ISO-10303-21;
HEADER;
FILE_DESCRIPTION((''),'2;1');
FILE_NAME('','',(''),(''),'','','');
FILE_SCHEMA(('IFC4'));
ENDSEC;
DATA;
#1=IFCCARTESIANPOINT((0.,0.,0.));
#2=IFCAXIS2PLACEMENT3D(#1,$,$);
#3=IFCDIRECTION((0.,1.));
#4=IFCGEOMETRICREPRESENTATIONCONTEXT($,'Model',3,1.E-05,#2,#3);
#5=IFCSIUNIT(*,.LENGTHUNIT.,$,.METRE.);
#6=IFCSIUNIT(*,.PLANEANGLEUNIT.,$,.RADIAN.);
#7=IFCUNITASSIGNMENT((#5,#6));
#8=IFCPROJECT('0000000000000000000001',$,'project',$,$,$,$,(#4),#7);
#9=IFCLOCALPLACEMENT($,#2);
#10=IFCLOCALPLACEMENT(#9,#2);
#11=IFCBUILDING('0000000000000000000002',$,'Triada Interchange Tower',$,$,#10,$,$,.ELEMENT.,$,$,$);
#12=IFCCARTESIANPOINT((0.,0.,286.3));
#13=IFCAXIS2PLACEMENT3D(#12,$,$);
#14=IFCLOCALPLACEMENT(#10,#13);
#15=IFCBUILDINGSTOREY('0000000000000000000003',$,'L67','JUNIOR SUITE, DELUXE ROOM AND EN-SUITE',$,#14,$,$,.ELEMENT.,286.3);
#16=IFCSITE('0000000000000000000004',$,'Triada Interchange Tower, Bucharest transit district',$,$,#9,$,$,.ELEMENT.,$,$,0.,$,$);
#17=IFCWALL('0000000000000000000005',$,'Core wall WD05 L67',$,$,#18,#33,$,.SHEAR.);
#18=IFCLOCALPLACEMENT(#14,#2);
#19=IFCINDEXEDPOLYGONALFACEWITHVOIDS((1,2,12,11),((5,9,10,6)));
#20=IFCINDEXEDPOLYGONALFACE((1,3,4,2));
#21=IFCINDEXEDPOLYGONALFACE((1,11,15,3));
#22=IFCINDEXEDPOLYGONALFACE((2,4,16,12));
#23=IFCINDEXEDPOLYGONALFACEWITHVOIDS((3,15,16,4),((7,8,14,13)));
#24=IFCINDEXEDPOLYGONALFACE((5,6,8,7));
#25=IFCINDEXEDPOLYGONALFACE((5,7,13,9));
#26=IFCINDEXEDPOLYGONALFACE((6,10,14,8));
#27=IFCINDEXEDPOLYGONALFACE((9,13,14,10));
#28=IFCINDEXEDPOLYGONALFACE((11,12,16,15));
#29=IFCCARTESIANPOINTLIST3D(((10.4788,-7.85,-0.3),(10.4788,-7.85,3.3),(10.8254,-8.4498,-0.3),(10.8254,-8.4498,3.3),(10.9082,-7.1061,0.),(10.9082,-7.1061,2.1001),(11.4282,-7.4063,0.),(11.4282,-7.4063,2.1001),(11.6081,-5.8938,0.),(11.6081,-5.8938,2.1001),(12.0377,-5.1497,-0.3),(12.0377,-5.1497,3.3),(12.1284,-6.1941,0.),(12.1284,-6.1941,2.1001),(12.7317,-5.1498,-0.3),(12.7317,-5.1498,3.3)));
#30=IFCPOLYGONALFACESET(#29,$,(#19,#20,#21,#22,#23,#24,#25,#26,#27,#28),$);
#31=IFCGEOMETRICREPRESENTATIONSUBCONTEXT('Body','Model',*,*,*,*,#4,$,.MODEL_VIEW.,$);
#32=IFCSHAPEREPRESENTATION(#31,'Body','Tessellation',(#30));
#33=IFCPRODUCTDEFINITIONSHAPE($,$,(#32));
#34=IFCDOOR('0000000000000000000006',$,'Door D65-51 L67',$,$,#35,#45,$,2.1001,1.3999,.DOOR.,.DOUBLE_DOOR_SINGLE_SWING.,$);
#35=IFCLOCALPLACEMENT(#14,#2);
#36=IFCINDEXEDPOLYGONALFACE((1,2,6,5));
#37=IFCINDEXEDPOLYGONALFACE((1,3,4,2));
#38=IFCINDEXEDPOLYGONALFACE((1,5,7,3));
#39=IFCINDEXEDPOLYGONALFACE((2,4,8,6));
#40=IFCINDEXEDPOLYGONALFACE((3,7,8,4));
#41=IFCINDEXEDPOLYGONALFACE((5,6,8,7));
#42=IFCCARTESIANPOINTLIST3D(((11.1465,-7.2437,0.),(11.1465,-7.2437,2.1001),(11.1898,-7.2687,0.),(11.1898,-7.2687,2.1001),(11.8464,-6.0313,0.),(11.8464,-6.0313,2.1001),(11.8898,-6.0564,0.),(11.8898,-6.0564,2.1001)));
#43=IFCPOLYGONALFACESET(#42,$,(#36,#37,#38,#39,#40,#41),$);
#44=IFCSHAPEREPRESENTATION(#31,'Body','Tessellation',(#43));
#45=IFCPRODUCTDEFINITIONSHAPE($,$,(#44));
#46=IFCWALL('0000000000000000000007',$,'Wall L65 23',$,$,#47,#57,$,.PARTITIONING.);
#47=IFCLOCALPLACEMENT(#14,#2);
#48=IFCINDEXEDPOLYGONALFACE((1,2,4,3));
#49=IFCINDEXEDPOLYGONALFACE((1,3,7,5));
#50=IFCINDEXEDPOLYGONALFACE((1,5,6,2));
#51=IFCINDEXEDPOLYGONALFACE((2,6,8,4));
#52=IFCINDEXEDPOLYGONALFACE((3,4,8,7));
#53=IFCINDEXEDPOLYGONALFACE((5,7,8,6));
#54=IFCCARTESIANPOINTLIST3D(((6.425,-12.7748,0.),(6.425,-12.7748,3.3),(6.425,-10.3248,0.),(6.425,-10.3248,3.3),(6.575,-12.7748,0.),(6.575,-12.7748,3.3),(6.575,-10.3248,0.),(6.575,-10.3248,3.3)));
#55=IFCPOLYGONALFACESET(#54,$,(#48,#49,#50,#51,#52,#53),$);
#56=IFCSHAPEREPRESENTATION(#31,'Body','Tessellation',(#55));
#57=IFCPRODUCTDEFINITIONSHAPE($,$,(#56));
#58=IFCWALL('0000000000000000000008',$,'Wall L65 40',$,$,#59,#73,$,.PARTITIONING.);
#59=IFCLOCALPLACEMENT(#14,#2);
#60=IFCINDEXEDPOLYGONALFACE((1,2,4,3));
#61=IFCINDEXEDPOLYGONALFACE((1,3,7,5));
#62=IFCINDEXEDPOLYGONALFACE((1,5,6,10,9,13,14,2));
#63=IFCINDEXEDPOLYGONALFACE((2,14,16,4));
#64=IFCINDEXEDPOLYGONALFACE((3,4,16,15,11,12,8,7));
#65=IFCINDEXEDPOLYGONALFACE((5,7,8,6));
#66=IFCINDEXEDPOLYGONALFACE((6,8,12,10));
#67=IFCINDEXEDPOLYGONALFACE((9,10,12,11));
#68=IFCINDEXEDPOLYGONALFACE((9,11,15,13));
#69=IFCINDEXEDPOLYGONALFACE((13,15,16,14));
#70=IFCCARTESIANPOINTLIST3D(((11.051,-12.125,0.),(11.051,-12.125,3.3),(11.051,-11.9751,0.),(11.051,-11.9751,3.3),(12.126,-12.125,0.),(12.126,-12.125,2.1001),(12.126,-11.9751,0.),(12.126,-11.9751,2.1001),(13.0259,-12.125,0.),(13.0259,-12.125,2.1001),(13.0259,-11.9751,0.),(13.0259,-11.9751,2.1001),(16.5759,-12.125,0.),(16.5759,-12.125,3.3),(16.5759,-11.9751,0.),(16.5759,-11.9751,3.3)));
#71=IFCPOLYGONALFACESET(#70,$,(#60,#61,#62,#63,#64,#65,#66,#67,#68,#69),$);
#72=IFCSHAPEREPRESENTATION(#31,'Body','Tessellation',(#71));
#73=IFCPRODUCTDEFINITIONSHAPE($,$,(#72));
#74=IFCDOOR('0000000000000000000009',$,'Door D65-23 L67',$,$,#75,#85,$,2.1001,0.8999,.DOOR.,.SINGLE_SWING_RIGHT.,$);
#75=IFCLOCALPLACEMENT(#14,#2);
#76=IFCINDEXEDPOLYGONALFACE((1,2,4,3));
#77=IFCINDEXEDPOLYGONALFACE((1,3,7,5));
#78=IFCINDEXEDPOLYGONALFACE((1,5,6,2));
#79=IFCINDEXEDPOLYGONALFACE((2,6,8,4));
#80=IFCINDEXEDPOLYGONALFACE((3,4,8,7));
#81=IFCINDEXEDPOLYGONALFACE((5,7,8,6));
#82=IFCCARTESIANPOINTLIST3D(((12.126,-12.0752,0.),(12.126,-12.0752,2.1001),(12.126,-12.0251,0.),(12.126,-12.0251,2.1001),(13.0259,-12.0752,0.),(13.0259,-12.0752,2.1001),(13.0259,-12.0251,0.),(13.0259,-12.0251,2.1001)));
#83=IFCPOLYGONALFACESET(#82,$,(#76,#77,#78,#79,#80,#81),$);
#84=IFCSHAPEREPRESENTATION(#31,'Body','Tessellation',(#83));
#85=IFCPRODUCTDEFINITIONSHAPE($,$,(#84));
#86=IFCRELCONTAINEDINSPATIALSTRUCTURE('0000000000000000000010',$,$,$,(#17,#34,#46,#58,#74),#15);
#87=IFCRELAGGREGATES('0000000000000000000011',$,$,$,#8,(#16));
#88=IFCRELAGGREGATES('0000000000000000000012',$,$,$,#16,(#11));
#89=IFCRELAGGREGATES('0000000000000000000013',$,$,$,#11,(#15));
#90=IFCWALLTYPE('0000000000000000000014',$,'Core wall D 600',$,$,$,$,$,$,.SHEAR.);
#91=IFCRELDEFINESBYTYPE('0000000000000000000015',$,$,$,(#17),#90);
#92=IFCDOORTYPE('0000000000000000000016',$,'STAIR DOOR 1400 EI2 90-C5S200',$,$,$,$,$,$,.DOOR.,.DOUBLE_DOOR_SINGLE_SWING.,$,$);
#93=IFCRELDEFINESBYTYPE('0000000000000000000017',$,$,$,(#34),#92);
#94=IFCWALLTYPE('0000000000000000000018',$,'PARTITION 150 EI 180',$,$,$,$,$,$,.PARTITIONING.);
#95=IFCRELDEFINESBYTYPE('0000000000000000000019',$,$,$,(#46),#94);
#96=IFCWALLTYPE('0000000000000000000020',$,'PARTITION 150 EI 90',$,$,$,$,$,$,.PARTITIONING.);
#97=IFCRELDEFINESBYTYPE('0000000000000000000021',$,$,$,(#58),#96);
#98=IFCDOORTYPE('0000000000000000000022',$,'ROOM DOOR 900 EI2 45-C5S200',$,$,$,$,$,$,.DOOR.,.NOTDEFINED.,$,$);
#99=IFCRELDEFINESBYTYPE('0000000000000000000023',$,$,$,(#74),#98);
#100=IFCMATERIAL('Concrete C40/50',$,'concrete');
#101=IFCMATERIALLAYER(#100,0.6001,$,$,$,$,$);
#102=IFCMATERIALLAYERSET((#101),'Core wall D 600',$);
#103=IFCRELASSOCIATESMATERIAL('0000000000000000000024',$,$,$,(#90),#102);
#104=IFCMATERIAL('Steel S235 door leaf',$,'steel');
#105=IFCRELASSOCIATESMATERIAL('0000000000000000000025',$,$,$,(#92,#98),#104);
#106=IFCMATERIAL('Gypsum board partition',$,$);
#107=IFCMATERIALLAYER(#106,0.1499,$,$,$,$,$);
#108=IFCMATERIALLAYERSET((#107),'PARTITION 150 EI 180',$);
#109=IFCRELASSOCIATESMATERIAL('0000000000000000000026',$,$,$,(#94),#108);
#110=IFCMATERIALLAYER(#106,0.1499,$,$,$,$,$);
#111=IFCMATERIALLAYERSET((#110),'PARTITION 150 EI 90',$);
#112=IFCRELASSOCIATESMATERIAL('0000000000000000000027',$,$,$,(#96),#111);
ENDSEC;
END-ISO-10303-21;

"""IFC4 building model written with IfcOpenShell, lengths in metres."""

from ifc_helpers import new_model, si_unit, direction, frame, frame_2d, origin, place, context, subcontext, project, spatial, polyline, rectangle, outline, extrude, material, layer, layer_set, type_object, element, fill, save


model = new_model("IFC4")

# Units and contexts
model_context = context("Model", 3, precision=1e-05, world=origin(), true_north=direction((0.0, 1.0)))
body_context = subcontext(model_context, "Body", "Model", "MODEL_VIEW")
ifc_project = project(units=[si_unit("LENGTHUNIT", "METRE"), si_unit("PLANEANGLEUNIT", "RADIAN")], contexts=[model_context])

# Site, building, storey
site_placement = place(None, origin())
site = spatial("IfcSite", under=ifc_project, at=site_placement, Name="Triada Interchange Tower, Bucharest transit district", CompositionType="ELEMENT", RefElevation=0.0)
building_placement = place(site_placement, origin())
building = spatial("IfcBuilding", under=site, at=building_placement, Name="Triada Interchange Tower", CompositionType="ELEMENT")
storey_placement = place(building_placement, frame((0.0, 0.0, 286.3)))
storey = spatial("IfcBuildingStorey", under=building, at=storey_placement, Name="L67", Description="JUNIOR SUITE, DELUXE ROOM AND EN-SUITE", CompositionType="ELEMENT", Elevation=286.3)

# Shared definitions
ifc_material_1 = material(Name="Steel S235 door leaf", Category="steel")

# Wall, opening, door
ifc_material_2 = material(Name="Concrete C40/50", Category="concrete")
ifc_layer_1 = layer(ifc_material_2, 0.6001)
ifc_layer_set_1 = layer_set([ifc_layer_1], Name="Core wall D 600")
wall_type_1 = type_object("IfcWallType", Name="Core wall D 600", PredefinedType="SHEAR", material=ifc_layer_set_1)
wall_1_placement = place(storey_placement, frame((10.6521, -8.1499, -0.3), z_axis=(0.0, 0.0, 1.0), x_axis=(0.499975, 0.86604, 0.0)))
wall_1 = element("IfcWall", 1, at=wall_1_placement, inside=storey, type_object=wall_type_1, Name="Core wall WD05 L67", PredefinedType="SHEAR", context=body_context, shape_type="SweptSolid", body=[
    extrude(outline(polyline([(-0.1731, -0.3), (1.7324, -0.3005), (3.6379, -0.301), (3.291, 0.3), (1.7319, 0.3), (0.1731, 0.3), (-0.1731, -0.3)])), origin(), (0.0, 0.0, 1.0), 3.6001),
])
opening_1_placement = place(wall_1_placement, frame((1.032, 0.0, 0.3)))
opening_1 = element("IfcOpeningElement", 2, at=opening_1_placement, cuts=wall_1, PredefinedType="OPENING", context=body_context, shape_type="SweptSolid", body=[
    extrude(rectangle(XDim=1.3999, YDim=2.1001, at=frame_2d((0.7, 1.05))), frame((0.0, 0.3101, 0.0), z_axis=(0.0, -1.0, 0.0), x_axis=(1.0, 0.0, 0.0)), (0.0, 0.0, 1.0), 0.6211),
])
door_type_1 = type_object("IfcDoorType", Name="STAIR DOOR 1400 EI2 90-C5S200", OperationType="DOUBLE_DOOR_SINGLE_SWING", PredefinedType="DOOR", material=ifc_material_1)
door_1_placement = place(opening_1_placement, origin())
door_1 = element("IfcDoor", 3, at=door_1_placement, inside=storey, type_object=door_type_1, Name="Door D65-51 L67", OperationType="DOUBLE_DOOR_SINGLE_SWING", OverallHeight=2.1001, OverallWidth=1.3999, PredefinedType="DOOR", context=body_context, shape_type="SweptSolid", body=[
    extrude(rectangle(XDim=1.3999, YDim=2.1001, at=frame_2d((0.7, 1.05))), frame((0.0, 0.0249, 0.0), z_axis=(0.0, -1.0, 0.0), x_axis=(1.0, 0.0, 0.0)), (0.0, 0.0, 1.0), 0.05),
])
fill(opening_1, door_1)

# Wall
ifc_material_3 = material(Name="Gypsum board partition")
ifc_layer_2 = layer(ifc_material_3, 0.1499)
ifc_layer_set_2 = layer_set([ifc_layer_2], Name="PARTITION 150 EI 180")
wall_type_2 = type_object("IfcWallType", Name="PARTITION 150 EI 180", PredefinedType="PARTITIONING", material=ifc_layer_set_2)
wall_2_placement = place(storey_placement, frame((6.5, -12.7749, 0.0), z_axis=(0.0, 0.0, 1.0), x_axis=(0.0, 1.0, 0.0)))
element("IfcWall", 4, at=wall_2_placement, inside=storey, type_object=wall_type_2, Name="Wall L65 23", PredefinedType="PARTITIONING", context=body_context, shape_type="SweptSolid", body=[
    extrude(rectangle(XDim=2.45, YDim=0.1499, at=frame_2d((1.2251, 0.0))), origin(), (0.0, 0.0, 1.0), 3.3),
])

# Wall, opening, door
ifc_layer_3 = layer(ifc_material_3, 0.1499)
ifc_layer_set_3 = layer_set([ifc_layer_3], Name="PARTITION 150 EI 90")
wall_type_3 = type_object("IfcWallType", Name="PARTITION 150 EI 90", PredefinedType="PARTITIONING", material=ifc_layer_set_3)
wall_3_placement = place(storey_placement, frame((11.051, -12.05, 0.0), z_axis=(0.0, 0.0, 1.0), x_axis=(1.0, 0.0, 0.0)))
wall_3 = element("IfcWall", 5, at=wall_3_placement, inside=storey, type_object=wall_type_3, Name="Wall L65 40", PredefinedType="PARTITIONING", context=body_context, shape_type="SweptSolid", body=[
    extrude(rectangle(XDim=5.5249, YDim=0.1499, at=frame_2d((2.7625, 0.0))), origin(), (0.0, 0.0, 1.0), 3.3),
])
opening_2_placement = place(wall_3_placement, frame((1.075, 0.0, 0.0)))
opening_2 = element("IfcOpeningElement", 6, at=opening_2_placement, cuts=wall_3, PredefinedType="OPENING", context=body_context, shape_type="SweptSolid", body=[
    extrude(rectangle(XDim=0.8999, YDim=2.1001, at=frame_2d((0.45, 1.05))), frame((0.0, 0.085, 0.0), z_axis=(0.0, -1.0, 0.0), x_axis=(1.0, 0.0, 0.0)), (0.0, 0.0, 1.0), 0.1699),
])
door_type_2 = type_object("IfcDoorType", Name="ROOM DOOR 900 EI2 45-C5S200", OperationType="NOTDEFINED", PredefinedType="DOOR", material=ifc_material_1)
door_2_placement = place(opening_2_placement, origin())
door_2 = element("IfcDoor", 7, at=door_2_placement, inside=storey, type_object=door_type_2, Name="Door D65-23 L67", OperationType="SINGLE_SWING_RIGHT", OverallHeight=2.1001, OverallWidth=0.8999, PredefinedType="DOOR", context=body_context, shape_type="SweptSolid", body=[
    extrude(rectangle(XDim=0.8999, YDim=2.1001, at=frame_2d((0.45, 1.05))), frame((0.0, 0.0249, 0.0), z_axis=(0.0, -1.0, 0.0), x_axis=(1.0, 0.0, 0.0)), (0.0, 0.0, 1.0), 0.05),
])
fill(opening_2, door_2)

save(model, "model.ifc")
